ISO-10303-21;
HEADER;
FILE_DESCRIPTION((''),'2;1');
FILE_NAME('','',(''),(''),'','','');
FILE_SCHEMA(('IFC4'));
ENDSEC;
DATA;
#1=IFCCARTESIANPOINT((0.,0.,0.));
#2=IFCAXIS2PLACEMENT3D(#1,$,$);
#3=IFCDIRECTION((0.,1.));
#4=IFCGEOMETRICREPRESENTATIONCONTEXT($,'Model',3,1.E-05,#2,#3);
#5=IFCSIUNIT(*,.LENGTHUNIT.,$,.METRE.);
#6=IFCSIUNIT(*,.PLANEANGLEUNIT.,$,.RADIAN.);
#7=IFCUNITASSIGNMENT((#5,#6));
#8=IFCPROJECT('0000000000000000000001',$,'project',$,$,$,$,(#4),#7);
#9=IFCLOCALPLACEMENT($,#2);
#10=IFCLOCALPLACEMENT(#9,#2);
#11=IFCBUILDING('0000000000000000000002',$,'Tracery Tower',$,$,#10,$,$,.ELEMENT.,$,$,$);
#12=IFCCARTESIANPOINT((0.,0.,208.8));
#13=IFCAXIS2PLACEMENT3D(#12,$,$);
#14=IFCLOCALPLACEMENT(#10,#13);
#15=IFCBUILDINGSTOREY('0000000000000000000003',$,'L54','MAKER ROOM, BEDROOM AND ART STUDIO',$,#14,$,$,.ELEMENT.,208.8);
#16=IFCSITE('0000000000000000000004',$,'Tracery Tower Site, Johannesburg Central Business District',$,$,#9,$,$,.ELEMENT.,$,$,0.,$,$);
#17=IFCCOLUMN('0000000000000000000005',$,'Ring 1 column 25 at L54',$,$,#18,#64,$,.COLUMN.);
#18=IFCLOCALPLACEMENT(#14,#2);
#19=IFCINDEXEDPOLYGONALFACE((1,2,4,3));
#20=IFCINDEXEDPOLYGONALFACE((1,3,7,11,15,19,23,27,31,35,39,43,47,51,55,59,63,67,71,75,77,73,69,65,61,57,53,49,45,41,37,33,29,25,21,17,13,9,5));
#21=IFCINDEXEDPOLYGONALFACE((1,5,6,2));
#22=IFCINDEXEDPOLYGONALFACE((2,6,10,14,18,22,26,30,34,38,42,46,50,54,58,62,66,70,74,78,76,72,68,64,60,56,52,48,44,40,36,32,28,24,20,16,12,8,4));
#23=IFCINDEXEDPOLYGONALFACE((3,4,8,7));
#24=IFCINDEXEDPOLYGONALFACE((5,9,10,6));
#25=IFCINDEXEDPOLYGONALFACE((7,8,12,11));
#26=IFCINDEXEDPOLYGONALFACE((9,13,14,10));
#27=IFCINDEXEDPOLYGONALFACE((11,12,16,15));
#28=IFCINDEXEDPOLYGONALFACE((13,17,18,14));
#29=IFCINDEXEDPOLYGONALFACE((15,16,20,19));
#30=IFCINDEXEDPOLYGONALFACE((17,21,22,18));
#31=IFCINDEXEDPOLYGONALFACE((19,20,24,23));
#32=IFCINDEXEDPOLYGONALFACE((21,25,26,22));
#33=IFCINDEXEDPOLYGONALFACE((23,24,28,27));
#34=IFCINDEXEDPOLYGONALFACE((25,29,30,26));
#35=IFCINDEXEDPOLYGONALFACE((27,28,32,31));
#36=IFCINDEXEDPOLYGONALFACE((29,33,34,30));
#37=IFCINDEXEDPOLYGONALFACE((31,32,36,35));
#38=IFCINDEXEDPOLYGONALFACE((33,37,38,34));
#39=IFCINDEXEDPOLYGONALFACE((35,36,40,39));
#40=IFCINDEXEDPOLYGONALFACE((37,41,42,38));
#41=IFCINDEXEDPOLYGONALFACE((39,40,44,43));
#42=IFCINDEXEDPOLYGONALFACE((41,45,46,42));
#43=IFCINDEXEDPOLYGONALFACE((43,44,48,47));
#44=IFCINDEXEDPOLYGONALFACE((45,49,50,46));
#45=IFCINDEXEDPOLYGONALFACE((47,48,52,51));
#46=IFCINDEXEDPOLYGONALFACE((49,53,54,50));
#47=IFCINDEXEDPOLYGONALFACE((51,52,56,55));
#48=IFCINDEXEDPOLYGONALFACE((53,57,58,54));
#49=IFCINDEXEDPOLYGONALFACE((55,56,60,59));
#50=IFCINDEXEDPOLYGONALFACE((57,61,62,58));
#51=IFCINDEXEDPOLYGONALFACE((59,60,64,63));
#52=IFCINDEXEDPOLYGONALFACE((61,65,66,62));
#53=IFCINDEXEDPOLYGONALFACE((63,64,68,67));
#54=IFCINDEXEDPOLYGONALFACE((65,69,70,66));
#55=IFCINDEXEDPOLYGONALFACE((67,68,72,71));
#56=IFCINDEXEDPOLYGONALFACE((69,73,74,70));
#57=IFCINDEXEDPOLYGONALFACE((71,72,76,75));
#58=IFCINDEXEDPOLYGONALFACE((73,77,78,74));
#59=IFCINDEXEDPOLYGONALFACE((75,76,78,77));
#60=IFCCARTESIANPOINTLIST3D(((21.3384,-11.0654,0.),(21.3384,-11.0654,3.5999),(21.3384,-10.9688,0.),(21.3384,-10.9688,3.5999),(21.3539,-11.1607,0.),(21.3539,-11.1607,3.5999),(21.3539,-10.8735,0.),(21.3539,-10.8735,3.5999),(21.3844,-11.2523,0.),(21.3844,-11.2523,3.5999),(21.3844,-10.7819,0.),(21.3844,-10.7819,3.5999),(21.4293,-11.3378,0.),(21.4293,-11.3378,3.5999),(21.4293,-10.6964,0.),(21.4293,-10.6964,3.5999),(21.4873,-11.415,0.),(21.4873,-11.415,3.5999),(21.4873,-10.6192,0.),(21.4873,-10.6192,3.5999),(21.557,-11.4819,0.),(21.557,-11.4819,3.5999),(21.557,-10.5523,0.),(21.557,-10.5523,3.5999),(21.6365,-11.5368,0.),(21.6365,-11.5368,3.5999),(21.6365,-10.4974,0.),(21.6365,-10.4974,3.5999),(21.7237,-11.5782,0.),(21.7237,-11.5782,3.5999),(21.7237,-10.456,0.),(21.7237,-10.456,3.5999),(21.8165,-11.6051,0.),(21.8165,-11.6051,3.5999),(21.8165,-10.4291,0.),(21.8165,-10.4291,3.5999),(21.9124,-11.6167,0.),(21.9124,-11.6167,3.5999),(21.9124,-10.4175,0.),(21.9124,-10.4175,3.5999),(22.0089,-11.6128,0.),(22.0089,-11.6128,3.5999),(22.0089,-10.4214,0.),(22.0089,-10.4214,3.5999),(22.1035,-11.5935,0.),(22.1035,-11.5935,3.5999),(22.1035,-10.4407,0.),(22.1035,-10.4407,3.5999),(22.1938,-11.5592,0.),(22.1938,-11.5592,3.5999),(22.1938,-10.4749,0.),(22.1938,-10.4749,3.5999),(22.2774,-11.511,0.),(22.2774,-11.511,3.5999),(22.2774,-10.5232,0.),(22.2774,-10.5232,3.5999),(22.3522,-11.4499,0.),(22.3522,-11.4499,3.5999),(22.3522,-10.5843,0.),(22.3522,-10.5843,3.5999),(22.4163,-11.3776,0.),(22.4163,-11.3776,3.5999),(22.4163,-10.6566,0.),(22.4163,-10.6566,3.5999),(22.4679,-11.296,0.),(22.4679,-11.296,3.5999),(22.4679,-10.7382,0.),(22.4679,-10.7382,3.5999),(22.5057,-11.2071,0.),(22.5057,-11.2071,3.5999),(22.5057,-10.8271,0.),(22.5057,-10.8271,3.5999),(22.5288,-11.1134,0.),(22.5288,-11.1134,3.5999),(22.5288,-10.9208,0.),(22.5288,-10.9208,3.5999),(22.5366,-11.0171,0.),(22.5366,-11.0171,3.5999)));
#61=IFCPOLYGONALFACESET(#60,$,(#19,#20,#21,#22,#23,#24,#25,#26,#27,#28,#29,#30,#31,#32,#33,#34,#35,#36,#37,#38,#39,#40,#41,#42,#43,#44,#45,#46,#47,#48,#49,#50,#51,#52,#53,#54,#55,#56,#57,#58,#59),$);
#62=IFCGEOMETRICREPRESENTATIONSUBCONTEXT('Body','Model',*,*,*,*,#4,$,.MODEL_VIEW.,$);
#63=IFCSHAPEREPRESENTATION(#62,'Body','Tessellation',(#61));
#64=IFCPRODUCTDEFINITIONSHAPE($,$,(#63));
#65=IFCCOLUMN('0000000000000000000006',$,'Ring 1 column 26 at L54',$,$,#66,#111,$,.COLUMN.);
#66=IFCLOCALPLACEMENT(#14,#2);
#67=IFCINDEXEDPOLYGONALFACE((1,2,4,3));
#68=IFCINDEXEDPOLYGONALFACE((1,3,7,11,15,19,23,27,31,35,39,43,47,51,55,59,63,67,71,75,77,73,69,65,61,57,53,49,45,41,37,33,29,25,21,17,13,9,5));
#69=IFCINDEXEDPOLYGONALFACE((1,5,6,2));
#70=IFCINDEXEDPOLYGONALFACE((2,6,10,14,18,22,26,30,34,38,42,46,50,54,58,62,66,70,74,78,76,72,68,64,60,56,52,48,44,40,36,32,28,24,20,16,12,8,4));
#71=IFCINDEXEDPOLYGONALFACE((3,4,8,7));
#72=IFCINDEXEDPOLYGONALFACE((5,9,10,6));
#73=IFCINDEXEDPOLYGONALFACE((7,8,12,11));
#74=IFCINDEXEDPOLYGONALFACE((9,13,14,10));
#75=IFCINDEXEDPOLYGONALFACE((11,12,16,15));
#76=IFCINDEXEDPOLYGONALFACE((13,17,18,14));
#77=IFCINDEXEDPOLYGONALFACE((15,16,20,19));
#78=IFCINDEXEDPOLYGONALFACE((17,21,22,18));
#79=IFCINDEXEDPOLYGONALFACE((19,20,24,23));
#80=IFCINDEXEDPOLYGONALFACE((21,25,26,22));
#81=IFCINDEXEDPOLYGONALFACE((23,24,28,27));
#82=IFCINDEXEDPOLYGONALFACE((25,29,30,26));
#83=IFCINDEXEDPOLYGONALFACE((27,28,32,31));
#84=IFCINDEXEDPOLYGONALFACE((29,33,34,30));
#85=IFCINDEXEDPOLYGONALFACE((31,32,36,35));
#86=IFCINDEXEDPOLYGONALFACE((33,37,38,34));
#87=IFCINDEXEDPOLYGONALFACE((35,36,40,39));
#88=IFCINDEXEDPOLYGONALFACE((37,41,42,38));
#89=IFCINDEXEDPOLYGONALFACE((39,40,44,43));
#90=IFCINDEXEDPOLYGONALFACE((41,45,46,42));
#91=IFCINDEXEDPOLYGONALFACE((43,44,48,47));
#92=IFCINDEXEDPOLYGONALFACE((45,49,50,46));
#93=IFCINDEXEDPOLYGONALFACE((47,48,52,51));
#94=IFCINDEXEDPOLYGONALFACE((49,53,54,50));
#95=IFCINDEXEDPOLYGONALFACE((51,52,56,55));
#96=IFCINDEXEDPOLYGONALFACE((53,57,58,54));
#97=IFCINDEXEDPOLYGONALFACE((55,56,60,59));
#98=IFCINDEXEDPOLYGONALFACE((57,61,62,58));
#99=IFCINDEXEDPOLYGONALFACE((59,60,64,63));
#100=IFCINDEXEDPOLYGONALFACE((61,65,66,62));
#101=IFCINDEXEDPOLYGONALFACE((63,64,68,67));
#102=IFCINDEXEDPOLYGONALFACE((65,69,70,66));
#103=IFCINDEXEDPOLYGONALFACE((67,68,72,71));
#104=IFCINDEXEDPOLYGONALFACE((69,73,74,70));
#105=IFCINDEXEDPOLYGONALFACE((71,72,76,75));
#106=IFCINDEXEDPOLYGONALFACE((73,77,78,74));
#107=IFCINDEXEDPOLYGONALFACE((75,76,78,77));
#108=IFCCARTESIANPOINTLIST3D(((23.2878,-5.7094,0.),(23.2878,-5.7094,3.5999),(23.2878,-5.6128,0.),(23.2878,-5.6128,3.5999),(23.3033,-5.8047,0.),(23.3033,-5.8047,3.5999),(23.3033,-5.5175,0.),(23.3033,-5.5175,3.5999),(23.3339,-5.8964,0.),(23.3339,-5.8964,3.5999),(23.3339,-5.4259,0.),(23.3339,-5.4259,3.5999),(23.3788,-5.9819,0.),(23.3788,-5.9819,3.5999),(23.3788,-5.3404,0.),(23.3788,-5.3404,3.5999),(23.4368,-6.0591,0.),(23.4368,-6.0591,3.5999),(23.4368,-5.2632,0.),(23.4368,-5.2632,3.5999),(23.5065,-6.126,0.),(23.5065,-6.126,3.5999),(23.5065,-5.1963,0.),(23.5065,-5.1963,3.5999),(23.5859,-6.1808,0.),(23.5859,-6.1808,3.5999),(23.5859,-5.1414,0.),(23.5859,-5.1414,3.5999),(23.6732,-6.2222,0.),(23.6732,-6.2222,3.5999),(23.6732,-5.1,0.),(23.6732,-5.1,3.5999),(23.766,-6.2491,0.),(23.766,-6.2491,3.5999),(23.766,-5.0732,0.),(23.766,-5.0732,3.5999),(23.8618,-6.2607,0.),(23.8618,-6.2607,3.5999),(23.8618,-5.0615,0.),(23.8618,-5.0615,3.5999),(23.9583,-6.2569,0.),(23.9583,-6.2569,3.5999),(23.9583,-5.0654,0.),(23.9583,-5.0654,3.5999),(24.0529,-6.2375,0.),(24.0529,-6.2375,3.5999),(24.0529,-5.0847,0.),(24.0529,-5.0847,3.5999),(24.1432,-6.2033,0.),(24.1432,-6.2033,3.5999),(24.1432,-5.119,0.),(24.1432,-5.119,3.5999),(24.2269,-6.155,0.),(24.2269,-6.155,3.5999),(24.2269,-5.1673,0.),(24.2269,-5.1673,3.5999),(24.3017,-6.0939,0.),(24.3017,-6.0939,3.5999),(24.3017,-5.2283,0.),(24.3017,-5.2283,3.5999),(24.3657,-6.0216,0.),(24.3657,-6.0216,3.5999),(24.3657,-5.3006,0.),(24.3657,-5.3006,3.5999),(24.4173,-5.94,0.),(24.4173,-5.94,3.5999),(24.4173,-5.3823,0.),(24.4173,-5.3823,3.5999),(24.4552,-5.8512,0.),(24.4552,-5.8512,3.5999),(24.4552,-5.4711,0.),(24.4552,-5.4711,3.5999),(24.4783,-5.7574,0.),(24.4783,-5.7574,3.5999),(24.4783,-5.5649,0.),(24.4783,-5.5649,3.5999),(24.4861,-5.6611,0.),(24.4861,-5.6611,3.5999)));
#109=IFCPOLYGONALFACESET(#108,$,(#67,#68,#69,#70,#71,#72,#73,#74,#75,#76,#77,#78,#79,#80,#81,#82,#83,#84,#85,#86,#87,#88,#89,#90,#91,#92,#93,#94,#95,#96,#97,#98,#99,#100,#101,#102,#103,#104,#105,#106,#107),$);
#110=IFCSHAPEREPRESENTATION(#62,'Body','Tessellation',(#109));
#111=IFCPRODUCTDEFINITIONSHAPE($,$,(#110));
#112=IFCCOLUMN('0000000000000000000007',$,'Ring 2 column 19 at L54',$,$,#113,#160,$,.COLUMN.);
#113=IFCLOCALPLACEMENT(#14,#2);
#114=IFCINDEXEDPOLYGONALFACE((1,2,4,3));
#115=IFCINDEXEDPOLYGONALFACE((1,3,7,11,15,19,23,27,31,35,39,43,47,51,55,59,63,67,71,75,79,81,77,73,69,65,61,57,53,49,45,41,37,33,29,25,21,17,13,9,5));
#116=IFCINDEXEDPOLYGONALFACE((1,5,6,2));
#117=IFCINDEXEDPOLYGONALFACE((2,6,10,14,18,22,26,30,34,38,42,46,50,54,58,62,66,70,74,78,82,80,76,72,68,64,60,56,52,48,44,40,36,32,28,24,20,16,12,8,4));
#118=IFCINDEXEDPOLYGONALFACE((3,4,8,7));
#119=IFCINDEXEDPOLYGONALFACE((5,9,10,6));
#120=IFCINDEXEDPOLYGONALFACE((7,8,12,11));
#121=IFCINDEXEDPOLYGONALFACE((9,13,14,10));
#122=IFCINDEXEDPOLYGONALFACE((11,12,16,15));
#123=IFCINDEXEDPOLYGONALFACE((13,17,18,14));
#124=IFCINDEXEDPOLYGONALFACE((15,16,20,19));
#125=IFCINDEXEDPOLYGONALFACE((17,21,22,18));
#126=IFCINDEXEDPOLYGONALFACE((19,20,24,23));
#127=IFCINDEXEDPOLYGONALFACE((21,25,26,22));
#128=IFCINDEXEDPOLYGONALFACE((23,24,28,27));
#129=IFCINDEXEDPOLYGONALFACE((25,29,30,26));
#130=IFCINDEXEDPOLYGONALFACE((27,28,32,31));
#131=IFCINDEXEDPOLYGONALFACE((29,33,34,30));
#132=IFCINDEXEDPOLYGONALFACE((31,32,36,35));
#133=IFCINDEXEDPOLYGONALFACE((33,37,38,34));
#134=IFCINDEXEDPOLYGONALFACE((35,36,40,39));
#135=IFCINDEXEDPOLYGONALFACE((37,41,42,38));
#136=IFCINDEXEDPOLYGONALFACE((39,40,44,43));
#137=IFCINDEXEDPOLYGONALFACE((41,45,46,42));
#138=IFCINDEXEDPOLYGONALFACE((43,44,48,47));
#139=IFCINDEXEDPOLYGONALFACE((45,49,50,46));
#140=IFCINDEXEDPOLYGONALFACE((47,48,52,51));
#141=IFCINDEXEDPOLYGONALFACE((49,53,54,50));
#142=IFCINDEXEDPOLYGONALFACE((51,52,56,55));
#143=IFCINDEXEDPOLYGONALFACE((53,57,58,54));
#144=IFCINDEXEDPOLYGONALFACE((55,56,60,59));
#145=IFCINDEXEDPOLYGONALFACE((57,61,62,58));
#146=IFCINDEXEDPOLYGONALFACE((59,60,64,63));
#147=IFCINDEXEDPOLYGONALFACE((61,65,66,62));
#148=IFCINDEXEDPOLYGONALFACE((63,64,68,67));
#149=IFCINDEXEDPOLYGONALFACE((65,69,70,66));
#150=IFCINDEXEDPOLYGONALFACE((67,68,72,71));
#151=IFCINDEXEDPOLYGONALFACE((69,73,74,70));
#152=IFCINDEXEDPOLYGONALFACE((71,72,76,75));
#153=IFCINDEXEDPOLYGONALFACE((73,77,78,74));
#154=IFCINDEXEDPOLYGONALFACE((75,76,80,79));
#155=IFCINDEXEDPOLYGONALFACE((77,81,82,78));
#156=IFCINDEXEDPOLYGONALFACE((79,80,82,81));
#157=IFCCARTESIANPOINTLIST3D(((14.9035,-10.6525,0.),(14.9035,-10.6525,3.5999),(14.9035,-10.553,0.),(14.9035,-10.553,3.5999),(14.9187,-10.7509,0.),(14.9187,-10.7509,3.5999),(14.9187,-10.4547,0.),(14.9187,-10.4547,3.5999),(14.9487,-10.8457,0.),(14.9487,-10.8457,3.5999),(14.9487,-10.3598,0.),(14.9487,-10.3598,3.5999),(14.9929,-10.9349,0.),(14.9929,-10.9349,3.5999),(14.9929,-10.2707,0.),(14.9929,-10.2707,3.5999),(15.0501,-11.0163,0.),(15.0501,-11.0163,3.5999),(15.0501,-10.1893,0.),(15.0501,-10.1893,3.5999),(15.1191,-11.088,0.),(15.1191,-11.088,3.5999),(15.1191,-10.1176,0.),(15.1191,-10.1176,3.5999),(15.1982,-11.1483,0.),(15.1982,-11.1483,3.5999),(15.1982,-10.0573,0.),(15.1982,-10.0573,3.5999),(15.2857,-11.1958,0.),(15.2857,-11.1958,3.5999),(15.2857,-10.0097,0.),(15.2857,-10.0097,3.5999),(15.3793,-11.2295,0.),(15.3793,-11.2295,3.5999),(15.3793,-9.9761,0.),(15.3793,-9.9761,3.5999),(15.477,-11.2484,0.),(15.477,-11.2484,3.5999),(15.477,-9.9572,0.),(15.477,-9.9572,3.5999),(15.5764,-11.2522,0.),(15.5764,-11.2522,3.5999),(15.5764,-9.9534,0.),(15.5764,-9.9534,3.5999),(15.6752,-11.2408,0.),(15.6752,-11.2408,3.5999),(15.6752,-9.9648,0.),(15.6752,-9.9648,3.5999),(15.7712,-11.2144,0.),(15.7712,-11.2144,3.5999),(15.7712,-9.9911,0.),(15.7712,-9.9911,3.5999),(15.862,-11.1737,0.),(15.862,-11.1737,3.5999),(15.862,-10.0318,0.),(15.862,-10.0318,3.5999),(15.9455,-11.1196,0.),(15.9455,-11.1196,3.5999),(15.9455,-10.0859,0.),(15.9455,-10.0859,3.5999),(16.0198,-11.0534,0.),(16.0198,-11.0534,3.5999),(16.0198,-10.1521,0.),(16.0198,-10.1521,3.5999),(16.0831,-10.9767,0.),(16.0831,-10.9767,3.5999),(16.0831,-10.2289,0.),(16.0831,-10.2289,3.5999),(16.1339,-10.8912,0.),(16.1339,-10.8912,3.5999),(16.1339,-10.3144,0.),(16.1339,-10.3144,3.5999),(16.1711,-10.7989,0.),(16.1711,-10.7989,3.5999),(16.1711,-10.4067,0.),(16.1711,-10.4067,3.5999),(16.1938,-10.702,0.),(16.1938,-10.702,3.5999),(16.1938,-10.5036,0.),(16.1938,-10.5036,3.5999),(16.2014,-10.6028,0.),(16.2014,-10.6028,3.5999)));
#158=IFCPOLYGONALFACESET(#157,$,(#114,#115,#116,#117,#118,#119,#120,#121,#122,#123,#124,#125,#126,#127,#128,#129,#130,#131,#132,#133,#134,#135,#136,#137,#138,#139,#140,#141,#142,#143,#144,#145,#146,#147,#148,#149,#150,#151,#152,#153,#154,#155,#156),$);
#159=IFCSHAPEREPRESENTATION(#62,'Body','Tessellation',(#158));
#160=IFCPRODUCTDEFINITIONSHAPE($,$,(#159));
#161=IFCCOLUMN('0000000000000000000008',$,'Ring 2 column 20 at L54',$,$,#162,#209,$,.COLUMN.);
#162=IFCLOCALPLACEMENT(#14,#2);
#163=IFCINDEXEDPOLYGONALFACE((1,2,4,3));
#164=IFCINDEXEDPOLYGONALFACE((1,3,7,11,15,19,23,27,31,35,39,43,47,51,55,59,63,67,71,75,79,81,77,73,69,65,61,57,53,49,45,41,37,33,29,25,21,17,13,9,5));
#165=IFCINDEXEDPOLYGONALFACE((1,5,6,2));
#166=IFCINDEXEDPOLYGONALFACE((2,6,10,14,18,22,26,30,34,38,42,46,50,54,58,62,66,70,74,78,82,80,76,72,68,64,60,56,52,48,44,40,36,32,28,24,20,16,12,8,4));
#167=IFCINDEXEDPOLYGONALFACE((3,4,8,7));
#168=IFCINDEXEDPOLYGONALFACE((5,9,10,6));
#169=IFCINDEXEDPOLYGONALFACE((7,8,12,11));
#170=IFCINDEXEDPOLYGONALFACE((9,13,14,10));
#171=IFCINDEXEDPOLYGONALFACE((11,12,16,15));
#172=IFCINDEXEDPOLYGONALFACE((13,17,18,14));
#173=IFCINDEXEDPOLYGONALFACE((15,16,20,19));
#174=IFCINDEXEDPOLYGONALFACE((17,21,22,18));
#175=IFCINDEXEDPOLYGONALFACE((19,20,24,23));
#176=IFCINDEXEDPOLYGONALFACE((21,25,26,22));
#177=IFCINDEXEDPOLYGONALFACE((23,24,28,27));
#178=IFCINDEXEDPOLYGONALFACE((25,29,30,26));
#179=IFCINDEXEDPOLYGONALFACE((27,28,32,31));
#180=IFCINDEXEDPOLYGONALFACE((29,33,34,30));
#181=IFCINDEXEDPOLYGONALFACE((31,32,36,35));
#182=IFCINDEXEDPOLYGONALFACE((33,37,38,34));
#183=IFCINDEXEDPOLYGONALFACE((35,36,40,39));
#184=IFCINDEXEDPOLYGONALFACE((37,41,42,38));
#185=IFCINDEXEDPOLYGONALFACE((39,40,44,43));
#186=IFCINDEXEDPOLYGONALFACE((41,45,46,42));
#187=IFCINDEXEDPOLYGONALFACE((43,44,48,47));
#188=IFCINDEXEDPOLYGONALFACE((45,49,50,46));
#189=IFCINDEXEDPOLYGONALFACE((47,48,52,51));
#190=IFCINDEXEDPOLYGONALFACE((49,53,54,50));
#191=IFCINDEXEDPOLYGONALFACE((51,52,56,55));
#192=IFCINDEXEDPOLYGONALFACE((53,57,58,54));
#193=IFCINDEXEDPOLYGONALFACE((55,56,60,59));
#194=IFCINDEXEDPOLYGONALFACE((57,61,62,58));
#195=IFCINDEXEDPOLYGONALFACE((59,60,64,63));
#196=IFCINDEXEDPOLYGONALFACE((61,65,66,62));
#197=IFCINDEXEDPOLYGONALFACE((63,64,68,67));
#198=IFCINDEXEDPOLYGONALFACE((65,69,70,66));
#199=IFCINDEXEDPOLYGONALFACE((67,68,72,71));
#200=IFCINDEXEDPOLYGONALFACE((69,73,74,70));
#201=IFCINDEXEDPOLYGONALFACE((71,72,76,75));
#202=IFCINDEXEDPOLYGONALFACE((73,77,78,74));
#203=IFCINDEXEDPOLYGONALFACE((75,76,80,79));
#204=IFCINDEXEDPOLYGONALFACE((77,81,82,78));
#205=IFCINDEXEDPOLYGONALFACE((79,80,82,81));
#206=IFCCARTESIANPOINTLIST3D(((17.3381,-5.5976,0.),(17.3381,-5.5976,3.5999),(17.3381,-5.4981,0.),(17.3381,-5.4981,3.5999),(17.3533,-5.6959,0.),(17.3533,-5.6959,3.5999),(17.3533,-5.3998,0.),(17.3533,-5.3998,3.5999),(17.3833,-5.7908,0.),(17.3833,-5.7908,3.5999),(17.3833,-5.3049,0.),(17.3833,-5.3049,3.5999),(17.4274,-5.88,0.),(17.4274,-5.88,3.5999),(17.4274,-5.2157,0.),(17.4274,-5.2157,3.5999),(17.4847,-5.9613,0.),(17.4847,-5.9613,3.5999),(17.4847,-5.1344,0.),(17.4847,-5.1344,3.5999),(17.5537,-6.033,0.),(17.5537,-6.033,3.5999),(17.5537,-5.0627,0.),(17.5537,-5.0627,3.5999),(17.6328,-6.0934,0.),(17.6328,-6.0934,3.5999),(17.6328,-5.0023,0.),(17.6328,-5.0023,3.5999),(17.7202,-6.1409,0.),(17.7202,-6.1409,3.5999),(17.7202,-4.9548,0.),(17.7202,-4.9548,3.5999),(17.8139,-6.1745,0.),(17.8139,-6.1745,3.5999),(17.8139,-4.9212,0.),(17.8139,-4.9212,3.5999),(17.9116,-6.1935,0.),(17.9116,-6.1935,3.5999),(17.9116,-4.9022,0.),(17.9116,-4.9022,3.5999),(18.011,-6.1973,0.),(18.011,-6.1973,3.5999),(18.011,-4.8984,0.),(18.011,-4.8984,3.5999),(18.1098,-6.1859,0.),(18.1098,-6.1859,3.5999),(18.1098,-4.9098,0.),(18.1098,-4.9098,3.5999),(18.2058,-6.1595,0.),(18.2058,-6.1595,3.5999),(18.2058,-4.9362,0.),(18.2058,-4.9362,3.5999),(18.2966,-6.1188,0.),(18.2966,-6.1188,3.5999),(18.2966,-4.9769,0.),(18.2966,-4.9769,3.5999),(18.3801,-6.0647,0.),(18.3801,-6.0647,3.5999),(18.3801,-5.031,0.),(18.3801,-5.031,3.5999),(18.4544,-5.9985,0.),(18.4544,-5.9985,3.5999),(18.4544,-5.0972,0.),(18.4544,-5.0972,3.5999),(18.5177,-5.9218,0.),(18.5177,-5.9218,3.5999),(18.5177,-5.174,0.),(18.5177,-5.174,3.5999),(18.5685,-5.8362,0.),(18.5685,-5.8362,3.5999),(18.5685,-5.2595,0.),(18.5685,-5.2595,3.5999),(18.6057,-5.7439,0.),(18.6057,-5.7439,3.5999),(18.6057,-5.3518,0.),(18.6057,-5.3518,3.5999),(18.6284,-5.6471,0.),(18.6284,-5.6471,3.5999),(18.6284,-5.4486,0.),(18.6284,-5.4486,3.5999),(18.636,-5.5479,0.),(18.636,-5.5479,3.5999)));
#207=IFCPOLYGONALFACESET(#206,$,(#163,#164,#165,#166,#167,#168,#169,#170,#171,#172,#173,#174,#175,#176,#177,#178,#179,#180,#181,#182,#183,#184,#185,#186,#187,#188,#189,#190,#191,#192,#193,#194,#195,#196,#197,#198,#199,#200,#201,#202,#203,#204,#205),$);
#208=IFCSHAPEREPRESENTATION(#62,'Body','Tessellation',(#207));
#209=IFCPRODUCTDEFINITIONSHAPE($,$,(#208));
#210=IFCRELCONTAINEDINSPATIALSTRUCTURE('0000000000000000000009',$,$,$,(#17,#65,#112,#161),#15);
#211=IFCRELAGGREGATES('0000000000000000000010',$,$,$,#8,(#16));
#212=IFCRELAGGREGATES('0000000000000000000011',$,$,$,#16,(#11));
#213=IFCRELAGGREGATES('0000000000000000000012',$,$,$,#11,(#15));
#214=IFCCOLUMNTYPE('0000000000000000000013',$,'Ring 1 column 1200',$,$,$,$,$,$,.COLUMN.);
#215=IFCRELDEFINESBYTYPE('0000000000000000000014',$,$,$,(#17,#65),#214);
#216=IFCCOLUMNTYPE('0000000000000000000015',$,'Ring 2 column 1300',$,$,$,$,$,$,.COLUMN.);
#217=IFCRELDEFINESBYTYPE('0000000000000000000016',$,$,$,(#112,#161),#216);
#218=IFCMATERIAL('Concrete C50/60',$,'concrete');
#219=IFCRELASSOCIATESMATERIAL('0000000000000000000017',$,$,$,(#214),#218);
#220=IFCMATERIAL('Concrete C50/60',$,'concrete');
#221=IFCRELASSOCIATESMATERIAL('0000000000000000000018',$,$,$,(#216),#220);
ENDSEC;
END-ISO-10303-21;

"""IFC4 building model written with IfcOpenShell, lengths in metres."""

from ifc_helpers import new_model, si_unit, direction, frame, origin, origin_2d, place, context, subcontext, project, spatial, circle, extrude, material, material_profile, profile_set, type_object, element, save


model = new_model("IFC4")

# Units and contexts
model_context = context("Model", 3, precision=1e-05, world=origin(), true_north=direction((0.0, 1.0)))
body_context = subcontext(model_context, "Body", "Model", "MODEL_VIEW")
ifc_project = project(units=[si_unit("LENGTHUNIT", "METRE"), si_unit("PLANEANGLEUNIT", "RADIAN")], contexts=[model_context])

# Site, building, storey
site_placement = place(None, origin())
site = spatial("IfcSite", under=ifc_project, at=site_placement, Name="Tracery Tower Site, Johannesburg Central Business District", CompositionType="ELEMENT", RefElevation=0.0)
building_placement = place(site_placement, origin())
building = spatial("IfcBuilding", under=site, at=building_placement, Name="Tracery Tower", CompositionType="ELEMENT")
storey_placement = place(building_placement, frame((0.0, 0.0, 208.8)))
storey = spatial("IfcBuildingStorey", under=building, at=storey_placement, Name="L54", Description="MAKER ROOM, BEDROOM AND ART STUDIO", CompositionType="ELEMENT", Elevation=208.8)

# Columns
ifc_material_1 = material(Name="Concrete C50/60", Category="concrete")
ifc_material_profile_1 = material_profile(ifc_material_1, circle(Radius=0.6001, at=origin_2d()), Name="RC D1200")
ifc_profile_set_1 = profile_set([ifc_material_profile_1], Name="Concrete C50/60")
column_type_1 = type_object("IfcColumnType", Name="Ring 1 column 1200", PredefinedType="COLUMN", material=ifc_profile_set_1)
for number, where, z_axis, x_axis, name in (
    (1, (21.9365, -11.0171, 0.0), (0.0, 0.0, 1.0), (1.0, 0.0, 0.0), "Ring 1 column 25 at L54"),
    (2, (23.886, -5.6611, 0.0), (0.0, 0.0, 1.0), (1.0, 0.0, 0.0), "Ring 1 column 26 at L54"),
):
    element("IfcColumn", number, at=place(storey_placement, frame(where, z_axis=z_axis, x_axis=x_axis)), inside=storey, type_object=column_type_1, Name=name, PredefinedType="COLUMN", context=body_context, shape_type="SweptSolid", body=[
        extrude(circle(Radius=0.6001, at=origin_2d()), origin(), (0.0, 0.0, 1.0), 3.5999),
    ])
ifc_material_2 = material(Name="Concrete C50/60", Category="concrete")
ifc_material_profile_2 = material_profile(ifc_material_2, circle(Radius=0.6499, at=origin_2d()), Name="RC D1300")
ifc_profile_set_2 = profile_set([ifc_material_profile_2], Name="Concrete C50/60")
column_type_2 = type_object("IfcColumnType", Name="Ring 2 column 1300", PredefinedType="COLUMN", material=ifc_profile_set_2)
for number, where, z_axis, x_axis, name in (
    (3, (15.5515, -10.6028, 0.0), (0.0, 0.0, 1.0), (1.0, 0.0, 0.0), "Ring 2 column 19 at L54"),
    (4, (17.9861, -5.5479, 0.0), (0.0, 0.0, 1.0), (1.0, 0.0, 0.0), "Ring 2 column 20 at L54"),
):
    element("IfcColumn", number, at=place(storey_placement, frame(where, z_axis=z_axis, x_axis=x_axis)), inside=storey, type_object=column_type_2, Name=name, PredefinedType="COLUMN", context=body_context, shape_type="SweptSolid", body=[
        extrude(circle(Radius=0.6499, at=origin_2d()), origin(), (0.0, 0.0, 1.0), 3.5999),
    ])

save(model, "model.ifc")
